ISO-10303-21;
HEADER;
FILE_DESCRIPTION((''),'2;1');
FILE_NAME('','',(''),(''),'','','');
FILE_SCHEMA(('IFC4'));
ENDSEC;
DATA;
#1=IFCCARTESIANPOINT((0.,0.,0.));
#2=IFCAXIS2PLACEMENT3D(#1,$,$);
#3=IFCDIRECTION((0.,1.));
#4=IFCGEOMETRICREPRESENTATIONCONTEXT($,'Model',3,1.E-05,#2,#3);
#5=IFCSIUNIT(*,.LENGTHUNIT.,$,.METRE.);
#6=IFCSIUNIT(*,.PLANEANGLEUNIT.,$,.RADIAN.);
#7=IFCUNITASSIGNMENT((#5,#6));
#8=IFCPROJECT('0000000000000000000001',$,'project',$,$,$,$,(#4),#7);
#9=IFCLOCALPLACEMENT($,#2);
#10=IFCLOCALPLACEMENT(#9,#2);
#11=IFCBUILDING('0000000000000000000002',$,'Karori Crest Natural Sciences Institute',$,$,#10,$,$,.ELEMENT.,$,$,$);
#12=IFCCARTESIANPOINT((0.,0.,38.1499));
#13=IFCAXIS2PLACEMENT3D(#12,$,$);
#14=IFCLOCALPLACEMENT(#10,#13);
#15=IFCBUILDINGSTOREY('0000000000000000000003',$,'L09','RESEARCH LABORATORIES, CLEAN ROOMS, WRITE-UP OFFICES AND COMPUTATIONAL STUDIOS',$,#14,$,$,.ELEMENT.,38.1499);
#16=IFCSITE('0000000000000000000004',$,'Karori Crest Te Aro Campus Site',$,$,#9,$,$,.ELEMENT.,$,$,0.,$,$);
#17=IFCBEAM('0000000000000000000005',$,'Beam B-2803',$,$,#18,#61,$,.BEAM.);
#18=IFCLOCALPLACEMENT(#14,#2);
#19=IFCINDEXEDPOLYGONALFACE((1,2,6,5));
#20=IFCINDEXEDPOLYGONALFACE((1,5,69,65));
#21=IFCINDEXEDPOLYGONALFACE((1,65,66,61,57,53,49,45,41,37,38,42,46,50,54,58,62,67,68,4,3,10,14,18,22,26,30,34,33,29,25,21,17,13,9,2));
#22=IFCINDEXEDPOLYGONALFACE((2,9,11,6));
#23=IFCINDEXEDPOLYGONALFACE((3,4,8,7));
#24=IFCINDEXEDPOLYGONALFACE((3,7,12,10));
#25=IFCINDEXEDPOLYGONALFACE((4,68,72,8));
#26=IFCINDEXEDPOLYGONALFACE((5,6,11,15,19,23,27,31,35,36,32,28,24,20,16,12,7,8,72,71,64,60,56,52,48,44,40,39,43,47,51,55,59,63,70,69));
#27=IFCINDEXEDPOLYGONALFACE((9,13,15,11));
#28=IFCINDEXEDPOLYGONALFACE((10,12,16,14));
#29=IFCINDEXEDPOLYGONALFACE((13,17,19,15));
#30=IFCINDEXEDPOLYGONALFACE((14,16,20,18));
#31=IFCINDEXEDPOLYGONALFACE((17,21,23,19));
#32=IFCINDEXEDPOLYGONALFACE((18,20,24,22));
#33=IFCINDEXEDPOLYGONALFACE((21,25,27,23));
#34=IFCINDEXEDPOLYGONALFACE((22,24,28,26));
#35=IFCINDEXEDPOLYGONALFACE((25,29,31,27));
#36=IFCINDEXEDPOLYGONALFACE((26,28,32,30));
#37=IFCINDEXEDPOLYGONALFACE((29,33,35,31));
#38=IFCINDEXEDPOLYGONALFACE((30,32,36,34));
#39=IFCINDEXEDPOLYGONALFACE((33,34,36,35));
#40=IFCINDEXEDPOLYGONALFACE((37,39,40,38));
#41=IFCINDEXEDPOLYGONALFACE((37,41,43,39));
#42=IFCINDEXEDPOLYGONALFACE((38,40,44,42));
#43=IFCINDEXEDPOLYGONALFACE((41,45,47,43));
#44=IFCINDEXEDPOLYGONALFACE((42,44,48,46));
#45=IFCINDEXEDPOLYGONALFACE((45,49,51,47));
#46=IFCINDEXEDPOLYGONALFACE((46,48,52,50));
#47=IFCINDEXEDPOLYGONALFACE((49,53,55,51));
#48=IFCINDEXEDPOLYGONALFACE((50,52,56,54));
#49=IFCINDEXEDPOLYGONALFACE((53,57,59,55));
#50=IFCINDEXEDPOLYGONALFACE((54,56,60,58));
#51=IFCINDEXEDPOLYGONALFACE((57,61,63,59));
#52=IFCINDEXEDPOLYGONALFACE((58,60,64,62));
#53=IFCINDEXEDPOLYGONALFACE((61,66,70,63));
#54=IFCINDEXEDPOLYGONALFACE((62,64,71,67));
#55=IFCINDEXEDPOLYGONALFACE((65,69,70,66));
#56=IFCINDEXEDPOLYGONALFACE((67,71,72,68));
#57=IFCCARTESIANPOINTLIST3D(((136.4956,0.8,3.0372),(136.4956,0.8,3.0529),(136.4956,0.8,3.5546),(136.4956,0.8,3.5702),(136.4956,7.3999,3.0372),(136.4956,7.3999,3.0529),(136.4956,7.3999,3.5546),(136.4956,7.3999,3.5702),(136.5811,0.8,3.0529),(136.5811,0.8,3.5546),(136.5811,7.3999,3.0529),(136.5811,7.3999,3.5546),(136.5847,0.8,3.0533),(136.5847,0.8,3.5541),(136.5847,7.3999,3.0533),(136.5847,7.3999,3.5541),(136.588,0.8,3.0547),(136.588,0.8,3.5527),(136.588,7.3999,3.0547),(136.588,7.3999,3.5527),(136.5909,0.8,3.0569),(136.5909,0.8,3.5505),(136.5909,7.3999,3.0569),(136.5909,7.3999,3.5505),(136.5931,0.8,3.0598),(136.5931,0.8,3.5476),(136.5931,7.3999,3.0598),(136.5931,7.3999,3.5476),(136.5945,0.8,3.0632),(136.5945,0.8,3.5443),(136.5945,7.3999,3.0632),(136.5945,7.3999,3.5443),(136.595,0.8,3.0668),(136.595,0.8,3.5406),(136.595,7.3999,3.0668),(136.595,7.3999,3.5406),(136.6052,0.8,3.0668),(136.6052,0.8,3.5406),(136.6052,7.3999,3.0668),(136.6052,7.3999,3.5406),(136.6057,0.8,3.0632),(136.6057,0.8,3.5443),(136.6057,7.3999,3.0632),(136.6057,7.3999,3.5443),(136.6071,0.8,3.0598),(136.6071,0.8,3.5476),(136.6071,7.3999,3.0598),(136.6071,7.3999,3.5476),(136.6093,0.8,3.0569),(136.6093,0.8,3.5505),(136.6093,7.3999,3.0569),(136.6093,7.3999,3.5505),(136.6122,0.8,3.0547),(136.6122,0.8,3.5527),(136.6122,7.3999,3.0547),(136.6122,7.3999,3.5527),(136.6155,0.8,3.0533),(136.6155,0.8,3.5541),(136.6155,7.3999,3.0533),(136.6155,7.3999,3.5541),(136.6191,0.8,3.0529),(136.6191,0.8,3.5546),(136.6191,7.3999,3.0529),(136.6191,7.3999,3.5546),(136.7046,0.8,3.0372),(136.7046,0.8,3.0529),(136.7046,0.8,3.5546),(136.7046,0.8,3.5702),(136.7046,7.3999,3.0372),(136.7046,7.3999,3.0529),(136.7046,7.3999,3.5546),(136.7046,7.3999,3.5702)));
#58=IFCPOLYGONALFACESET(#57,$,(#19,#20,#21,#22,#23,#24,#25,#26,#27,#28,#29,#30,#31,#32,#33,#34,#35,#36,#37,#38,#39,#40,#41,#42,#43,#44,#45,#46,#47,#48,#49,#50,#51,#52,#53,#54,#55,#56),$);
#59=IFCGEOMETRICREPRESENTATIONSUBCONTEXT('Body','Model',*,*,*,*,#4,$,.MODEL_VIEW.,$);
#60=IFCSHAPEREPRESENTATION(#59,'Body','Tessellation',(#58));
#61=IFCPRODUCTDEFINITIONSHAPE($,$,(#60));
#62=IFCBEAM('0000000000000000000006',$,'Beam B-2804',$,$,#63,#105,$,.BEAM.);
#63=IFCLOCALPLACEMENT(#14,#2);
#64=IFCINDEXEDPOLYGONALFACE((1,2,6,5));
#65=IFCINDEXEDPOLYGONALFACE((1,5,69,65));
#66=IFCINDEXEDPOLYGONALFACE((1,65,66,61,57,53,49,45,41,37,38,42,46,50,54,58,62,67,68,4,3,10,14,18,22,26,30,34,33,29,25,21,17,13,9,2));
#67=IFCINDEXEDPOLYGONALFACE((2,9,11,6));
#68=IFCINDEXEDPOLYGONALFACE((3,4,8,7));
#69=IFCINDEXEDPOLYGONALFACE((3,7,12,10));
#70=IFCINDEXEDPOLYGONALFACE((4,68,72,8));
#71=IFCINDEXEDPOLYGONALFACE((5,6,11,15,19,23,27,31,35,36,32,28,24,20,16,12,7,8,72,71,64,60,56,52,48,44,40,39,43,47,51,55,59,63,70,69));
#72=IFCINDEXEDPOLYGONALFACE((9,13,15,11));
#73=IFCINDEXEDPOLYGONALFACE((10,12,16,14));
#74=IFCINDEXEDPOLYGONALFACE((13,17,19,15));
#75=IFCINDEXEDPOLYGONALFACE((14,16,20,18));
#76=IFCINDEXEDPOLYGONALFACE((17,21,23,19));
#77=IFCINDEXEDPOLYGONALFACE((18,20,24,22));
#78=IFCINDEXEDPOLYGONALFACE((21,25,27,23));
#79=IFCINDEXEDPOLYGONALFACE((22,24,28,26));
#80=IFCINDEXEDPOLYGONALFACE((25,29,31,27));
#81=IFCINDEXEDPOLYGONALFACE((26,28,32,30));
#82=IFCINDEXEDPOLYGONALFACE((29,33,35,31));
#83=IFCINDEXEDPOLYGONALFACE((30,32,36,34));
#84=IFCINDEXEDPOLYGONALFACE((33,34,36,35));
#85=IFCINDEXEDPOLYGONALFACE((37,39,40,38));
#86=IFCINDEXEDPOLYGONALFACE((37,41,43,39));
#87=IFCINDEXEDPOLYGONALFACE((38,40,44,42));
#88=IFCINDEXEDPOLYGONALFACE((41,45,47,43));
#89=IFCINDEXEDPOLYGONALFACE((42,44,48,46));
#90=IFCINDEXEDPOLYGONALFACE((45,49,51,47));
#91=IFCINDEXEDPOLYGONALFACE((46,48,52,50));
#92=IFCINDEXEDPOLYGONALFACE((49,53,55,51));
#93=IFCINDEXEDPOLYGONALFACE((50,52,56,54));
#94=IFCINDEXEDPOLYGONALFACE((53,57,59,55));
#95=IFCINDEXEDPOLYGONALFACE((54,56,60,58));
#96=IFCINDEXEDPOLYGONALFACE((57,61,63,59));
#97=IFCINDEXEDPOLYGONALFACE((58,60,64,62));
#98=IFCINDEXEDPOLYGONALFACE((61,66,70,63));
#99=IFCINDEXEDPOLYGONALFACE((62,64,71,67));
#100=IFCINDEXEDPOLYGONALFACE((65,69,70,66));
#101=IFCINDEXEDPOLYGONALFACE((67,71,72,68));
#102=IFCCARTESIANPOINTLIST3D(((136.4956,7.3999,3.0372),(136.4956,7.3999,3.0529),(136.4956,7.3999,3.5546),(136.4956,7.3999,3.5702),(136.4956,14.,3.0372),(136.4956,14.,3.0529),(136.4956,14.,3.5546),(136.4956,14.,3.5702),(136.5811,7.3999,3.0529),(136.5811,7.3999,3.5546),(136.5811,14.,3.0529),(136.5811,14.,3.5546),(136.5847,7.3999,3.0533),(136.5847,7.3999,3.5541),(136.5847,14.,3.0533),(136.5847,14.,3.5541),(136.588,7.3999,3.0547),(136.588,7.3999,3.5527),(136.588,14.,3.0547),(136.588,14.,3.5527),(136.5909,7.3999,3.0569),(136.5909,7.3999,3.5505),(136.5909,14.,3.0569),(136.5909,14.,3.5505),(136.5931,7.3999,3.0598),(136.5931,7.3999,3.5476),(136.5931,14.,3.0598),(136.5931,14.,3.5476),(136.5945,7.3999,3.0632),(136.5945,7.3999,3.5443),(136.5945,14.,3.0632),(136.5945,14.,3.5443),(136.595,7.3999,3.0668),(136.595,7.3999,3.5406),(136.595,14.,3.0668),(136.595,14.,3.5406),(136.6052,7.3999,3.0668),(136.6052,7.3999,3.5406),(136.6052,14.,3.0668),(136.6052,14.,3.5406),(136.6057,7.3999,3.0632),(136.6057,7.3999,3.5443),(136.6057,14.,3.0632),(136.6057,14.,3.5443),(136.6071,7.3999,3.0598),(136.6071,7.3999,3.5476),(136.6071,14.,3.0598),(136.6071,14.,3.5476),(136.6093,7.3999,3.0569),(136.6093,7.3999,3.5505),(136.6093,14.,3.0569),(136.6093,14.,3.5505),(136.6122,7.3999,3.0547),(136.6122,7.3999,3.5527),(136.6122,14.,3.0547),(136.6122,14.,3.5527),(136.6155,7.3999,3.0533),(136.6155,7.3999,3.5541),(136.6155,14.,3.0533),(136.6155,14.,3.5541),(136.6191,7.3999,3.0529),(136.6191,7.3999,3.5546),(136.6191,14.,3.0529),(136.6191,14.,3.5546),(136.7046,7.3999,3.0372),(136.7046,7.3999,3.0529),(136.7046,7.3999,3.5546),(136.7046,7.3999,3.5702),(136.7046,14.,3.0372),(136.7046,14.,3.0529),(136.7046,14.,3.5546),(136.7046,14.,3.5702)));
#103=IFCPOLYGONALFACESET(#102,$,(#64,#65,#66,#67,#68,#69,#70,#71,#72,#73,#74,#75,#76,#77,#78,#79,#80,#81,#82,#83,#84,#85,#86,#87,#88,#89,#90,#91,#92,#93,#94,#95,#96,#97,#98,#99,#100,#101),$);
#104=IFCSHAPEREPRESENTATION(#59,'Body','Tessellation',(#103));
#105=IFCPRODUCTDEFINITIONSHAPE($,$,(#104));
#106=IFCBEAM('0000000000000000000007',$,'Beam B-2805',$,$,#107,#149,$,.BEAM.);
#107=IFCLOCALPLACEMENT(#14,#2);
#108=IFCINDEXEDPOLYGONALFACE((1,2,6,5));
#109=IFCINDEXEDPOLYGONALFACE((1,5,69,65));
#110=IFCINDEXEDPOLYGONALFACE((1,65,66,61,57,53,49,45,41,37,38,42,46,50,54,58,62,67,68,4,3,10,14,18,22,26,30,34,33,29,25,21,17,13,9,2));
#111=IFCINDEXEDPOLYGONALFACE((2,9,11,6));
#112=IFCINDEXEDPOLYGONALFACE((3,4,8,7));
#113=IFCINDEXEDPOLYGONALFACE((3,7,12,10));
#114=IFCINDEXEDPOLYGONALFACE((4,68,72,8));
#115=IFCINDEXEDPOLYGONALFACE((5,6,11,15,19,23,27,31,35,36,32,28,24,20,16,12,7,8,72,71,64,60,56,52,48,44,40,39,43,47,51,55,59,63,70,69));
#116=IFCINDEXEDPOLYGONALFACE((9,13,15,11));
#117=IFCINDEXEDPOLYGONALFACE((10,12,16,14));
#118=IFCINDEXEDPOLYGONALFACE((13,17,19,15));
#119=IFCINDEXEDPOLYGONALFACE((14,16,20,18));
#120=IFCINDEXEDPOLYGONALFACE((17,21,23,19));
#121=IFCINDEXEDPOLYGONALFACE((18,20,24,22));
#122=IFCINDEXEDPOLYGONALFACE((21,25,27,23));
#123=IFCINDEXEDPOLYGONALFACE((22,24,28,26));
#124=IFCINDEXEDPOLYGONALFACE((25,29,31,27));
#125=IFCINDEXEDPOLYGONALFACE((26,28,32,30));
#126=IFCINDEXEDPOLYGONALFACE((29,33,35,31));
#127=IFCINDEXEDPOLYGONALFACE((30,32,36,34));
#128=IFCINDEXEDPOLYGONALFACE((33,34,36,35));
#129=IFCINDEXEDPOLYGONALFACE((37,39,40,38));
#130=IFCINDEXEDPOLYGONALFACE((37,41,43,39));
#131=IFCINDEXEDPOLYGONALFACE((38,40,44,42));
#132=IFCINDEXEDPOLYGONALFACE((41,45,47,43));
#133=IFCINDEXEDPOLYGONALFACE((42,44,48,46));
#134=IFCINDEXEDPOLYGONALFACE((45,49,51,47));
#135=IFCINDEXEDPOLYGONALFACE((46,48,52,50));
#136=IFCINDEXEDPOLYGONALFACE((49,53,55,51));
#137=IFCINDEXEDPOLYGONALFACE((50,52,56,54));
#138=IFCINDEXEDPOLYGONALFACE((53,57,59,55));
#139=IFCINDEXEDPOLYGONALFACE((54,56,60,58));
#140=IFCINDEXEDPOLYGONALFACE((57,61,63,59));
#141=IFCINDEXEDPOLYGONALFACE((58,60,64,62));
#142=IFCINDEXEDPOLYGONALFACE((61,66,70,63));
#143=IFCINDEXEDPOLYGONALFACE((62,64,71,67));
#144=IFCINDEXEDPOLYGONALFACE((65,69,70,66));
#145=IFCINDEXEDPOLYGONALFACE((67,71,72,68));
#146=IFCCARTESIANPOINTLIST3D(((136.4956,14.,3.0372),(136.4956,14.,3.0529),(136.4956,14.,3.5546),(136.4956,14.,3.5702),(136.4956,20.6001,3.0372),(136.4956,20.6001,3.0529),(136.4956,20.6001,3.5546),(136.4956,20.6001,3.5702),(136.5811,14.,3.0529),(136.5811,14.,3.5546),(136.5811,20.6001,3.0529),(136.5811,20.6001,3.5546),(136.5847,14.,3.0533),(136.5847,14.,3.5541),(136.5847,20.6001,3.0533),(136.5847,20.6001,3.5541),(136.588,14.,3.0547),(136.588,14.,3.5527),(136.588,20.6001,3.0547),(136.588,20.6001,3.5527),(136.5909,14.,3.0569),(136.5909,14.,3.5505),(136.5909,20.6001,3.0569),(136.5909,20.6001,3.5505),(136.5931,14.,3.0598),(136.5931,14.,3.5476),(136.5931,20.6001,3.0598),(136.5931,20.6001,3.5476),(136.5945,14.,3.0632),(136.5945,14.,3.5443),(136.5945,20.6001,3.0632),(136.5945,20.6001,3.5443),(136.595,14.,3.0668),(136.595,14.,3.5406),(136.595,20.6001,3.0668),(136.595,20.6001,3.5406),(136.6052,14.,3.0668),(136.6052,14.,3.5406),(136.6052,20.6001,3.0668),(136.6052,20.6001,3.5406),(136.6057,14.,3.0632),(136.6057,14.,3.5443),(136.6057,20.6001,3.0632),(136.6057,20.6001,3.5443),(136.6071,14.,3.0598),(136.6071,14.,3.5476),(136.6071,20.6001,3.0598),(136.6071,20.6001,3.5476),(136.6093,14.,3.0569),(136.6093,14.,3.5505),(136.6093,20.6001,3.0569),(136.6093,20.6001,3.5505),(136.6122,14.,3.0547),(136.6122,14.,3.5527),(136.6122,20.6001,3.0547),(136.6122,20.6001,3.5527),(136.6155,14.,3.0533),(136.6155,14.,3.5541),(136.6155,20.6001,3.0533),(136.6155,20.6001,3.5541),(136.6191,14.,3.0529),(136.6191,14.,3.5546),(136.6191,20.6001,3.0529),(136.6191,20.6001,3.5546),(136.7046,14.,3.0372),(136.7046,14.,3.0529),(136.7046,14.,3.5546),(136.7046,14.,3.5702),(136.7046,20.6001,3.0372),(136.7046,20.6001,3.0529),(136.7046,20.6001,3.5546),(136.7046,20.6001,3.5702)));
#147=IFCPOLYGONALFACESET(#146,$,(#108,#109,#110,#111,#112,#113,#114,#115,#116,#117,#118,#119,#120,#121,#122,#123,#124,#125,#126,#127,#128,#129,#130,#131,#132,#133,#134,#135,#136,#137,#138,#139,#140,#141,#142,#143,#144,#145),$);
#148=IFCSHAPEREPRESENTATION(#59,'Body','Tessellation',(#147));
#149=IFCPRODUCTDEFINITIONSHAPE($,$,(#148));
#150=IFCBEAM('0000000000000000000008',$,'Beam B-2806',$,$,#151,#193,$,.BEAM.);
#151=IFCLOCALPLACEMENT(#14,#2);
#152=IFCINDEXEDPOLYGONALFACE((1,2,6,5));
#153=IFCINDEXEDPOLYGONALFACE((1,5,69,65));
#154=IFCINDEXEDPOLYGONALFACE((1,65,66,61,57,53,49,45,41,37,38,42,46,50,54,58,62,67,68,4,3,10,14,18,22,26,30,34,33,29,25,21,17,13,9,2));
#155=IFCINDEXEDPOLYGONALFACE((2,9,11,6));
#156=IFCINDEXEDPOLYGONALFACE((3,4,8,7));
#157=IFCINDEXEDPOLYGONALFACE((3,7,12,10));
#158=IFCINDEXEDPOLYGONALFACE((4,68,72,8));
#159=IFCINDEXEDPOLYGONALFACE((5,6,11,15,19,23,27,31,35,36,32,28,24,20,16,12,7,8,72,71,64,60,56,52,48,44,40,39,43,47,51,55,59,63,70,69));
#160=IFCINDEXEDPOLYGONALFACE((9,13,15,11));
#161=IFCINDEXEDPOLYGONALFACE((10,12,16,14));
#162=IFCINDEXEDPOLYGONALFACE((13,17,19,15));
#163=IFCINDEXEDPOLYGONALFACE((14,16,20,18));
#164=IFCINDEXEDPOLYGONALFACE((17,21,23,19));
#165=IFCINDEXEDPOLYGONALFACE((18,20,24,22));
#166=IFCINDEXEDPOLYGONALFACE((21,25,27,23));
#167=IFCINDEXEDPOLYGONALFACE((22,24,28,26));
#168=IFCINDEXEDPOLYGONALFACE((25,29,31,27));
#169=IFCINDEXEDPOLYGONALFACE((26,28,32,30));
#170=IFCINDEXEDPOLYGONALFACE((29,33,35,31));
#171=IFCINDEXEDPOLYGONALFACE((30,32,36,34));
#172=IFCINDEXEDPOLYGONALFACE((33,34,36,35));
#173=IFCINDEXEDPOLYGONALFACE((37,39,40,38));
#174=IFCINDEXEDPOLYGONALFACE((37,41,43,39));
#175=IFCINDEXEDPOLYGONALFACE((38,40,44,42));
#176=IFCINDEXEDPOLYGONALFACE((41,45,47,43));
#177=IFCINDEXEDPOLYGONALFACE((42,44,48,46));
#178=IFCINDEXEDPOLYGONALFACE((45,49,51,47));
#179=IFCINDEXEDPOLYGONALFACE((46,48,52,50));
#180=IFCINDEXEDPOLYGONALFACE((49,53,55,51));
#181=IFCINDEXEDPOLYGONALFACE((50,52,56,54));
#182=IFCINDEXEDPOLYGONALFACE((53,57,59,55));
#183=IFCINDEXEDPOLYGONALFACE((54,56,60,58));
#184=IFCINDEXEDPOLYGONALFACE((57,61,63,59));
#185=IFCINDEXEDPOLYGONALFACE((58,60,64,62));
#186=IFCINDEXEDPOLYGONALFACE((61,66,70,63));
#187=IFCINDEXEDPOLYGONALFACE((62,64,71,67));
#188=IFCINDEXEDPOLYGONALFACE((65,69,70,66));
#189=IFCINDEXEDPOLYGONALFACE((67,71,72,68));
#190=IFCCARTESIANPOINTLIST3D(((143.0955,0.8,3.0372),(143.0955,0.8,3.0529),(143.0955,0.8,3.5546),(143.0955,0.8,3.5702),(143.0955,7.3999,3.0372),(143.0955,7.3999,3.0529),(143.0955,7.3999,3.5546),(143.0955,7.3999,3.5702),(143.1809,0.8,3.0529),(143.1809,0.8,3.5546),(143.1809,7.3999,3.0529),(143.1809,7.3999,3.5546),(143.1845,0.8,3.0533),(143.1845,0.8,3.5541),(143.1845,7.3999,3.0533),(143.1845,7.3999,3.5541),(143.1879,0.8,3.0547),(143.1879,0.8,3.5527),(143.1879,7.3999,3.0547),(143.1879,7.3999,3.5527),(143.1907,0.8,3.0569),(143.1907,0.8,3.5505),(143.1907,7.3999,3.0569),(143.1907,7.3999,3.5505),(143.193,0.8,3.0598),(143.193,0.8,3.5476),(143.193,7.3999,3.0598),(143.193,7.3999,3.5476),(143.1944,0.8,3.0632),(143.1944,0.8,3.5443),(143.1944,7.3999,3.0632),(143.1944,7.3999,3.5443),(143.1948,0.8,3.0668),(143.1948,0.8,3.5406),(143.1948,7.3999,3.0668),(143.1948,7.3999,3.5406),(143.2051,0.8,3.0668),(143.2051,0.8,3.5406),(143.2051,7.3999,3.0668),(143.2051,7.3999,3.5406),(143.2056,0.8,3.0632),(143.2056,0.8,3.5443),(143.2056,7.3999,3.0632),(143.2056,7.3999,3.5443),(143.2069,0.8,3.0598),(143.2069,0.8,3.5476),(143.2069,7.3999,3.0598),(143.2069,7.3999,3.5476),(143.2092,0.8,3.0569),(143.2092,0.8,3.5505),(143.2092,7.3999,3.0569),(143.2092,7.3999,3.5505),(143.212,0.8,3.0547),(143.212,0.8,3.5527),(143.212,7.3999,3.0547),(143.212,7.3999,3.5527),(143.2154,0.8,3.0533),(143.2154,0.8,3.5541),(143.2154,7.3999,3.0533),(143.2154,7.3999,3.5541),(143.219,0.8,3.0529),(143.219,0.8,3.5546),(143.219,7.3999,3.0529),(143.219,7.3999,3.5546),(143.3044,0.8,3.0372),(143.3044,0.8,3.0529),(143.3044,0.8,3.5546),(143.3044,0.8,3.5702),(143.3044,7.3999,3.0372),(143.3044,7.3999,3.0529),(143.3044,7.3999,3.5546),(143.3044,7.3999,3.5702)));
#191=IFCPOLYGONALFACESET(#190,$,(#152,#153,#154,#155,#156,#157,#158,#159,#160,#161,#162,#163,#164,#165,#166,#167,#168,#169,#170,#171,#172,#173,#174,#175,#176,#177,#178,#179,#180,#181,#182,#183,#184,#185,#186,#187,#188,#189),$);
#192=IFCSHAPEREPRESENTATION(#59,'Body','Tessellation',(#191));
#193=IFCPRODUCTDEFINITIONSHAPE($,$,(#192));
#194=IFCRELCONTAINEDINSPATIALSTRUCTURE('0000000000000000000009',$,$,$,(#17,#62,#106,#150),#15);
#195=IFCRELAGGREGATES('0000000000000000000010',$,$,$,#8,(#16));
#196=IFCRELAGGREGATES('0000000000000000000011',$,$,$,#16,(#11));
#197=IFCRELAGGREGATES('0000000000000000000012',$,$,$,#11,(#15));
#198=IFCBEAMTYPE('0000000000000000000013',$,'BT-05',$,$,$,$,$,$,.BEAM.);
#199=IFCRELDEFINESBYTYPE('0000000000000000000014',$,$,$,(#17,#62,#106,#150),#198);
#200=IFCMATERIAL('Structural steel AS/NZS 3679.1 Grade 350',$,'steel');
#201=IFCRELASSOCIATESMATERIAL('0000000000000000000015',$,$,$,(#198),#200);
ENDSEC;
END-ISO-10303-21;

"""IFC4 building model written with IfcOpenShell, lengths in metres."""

from ifc_helpers import new_model, si_unit, direction, frame, origin, origin_2d, place, context, subcontext, project, spatial, i_section, extrude, material, material_profile, profile_set, type_object, element, save


model = new_model("IFC4")

# Units and contexts
model_context = context("Model", 3, precision=1e-05, world=origin(), true_north=direction((0.0, 1.0)))
body_context = subcontext(model_context, "Body", "Model", "MODEL_VIEW")
ifc_project = project(units=[si_unit("LENGTHUNIT", "METRE"), si_unit("PLANEANGLEUNIT", "RADIAN")], contexts=[model_context])

# Site, building, storey
site_placement = place(None, origin())
site = spatial("IfcSite", under=ifc_project, at=site_placement, Name="Karori Crest Te Aro Campus Site", CompositionType="ELEMENT", RefElevation=0.0)
building_placement = place(site_placement, origin())
building = spatial("IfcBuilding", under=site, at=building_placement, Name="Karori Crest Natural Sciences Institute", CompositionType="ELEMENT")
storey_placement = place(building_placement, frame((0.0, 0.0, 38.1499)))
storey = spatial("IfcBuildingStorey", under=building, at=storey_placement, Name="L09", Description="RESEARCH LABORATORIES, CLEAN ROOMS, WRITE-UP OFFICES AND COMPUTATIONAL STUDIOS", CompositionType="ELEMENT", Elevation=38.1499)

# Shared definitions
ifc_material_1 = material(Name="Structural steel AS/NZS 3679.1 Grade 350", Category="steel")

# Beams
ifc_material_profile_1 = material_profile(ifc_material_1, i_section(OverallWidth=0.209, OverallDepth=0.533, WebThickness=0.0103, FlangeThickness=0.0156, FilletRadius=0.0139, at=origin_2d()), Name="530UB92.4")
ifc_profile_set_1 = profile_set([ifc_material_profile_1], Name="Structural steel AS/NZS 3679.1 Grade 350")
beam_type_1 = type_object("IfcBeamType", Name="BT-05", PredefinedType="BEAM", material=ifc_profile_set_1)
beam_1_placement = place(storey_placement, frame((136.6001, 0.8, 3.3037), z_axis=(0.0, 1.0, 0.0), x_axis=(-1.0, 0.0, 0.0)))
element("IfcBeam", 1, at=beam_1_placement, inside=storey, type_object=beam_type_1, Name="Beam B-2803", PredefinedType="BEAM", context=body_context, shape_type="SweptSolid", body=[
    extrude(i_section(OverallWidth=0.209, OverallDepth=0.533, WebThickness=0.0103, FlangeThickness=0.0156, FilletRadius=0.0139, at=origin_2d()), origin(), (0.0, 0.0, 1.0), 6.5999),
])
for number, where, z_axis, x_axis, name in (
    (2, (136.6001, 7.3999, 3.3037), (0.0, 1.0, 0.0), (-1.0, 0.0, 0.0), "Beam B-2804"),
    (3, (136.6001, 14.0, 3.3037), (0.0, 1.0, 0.0), (-1.0, 0.0, 0.0), "Beam B-2805"),
):
    element("IfcBeam", number, at=place(storey_placement, frame(where, z_axis=z_axis, x_axis=x_axis)), inside=storey, type_object=beam_type_1, Name=name, PredefinedType="BEAM", context=body_context, shape_type="SweptSolid", body=[
        extrude(i_section(OverallWidth=0.209, OverallDepth=0.533, WebThickness=0.0103, FlangeThickness=0.0156, FilletRadius=0.0139, at=origin_2d()), origin(), (0.0, 0.0, 1.0), 6.6001),
    ])
beam_2_placement = place(storey_placement, frame((143.2, 0.8, 3.3037), z_axis=(0.0, 1.0, 0.0), x_axis=(-1.0, 0.0, 0.0)))
element("IfcBeam", 4, at=beam_2_placement, inside=storey, type_object=beam_type_1, Name="Beam B-2806", PredefinedType="BEAM", context=body_context, shape_type="SweptSolid", body=[
    extrude(i_section(OverallWidth=0.209, OverallDepth=0.533, WebThickness=0.0103, FlangeThickness=0.0156, FilletRadius=0.0139, at=origin_2d()), origin(), (0.0, 0.0, 1.0), 6.5999),
])

save(model, "model.ifc")
